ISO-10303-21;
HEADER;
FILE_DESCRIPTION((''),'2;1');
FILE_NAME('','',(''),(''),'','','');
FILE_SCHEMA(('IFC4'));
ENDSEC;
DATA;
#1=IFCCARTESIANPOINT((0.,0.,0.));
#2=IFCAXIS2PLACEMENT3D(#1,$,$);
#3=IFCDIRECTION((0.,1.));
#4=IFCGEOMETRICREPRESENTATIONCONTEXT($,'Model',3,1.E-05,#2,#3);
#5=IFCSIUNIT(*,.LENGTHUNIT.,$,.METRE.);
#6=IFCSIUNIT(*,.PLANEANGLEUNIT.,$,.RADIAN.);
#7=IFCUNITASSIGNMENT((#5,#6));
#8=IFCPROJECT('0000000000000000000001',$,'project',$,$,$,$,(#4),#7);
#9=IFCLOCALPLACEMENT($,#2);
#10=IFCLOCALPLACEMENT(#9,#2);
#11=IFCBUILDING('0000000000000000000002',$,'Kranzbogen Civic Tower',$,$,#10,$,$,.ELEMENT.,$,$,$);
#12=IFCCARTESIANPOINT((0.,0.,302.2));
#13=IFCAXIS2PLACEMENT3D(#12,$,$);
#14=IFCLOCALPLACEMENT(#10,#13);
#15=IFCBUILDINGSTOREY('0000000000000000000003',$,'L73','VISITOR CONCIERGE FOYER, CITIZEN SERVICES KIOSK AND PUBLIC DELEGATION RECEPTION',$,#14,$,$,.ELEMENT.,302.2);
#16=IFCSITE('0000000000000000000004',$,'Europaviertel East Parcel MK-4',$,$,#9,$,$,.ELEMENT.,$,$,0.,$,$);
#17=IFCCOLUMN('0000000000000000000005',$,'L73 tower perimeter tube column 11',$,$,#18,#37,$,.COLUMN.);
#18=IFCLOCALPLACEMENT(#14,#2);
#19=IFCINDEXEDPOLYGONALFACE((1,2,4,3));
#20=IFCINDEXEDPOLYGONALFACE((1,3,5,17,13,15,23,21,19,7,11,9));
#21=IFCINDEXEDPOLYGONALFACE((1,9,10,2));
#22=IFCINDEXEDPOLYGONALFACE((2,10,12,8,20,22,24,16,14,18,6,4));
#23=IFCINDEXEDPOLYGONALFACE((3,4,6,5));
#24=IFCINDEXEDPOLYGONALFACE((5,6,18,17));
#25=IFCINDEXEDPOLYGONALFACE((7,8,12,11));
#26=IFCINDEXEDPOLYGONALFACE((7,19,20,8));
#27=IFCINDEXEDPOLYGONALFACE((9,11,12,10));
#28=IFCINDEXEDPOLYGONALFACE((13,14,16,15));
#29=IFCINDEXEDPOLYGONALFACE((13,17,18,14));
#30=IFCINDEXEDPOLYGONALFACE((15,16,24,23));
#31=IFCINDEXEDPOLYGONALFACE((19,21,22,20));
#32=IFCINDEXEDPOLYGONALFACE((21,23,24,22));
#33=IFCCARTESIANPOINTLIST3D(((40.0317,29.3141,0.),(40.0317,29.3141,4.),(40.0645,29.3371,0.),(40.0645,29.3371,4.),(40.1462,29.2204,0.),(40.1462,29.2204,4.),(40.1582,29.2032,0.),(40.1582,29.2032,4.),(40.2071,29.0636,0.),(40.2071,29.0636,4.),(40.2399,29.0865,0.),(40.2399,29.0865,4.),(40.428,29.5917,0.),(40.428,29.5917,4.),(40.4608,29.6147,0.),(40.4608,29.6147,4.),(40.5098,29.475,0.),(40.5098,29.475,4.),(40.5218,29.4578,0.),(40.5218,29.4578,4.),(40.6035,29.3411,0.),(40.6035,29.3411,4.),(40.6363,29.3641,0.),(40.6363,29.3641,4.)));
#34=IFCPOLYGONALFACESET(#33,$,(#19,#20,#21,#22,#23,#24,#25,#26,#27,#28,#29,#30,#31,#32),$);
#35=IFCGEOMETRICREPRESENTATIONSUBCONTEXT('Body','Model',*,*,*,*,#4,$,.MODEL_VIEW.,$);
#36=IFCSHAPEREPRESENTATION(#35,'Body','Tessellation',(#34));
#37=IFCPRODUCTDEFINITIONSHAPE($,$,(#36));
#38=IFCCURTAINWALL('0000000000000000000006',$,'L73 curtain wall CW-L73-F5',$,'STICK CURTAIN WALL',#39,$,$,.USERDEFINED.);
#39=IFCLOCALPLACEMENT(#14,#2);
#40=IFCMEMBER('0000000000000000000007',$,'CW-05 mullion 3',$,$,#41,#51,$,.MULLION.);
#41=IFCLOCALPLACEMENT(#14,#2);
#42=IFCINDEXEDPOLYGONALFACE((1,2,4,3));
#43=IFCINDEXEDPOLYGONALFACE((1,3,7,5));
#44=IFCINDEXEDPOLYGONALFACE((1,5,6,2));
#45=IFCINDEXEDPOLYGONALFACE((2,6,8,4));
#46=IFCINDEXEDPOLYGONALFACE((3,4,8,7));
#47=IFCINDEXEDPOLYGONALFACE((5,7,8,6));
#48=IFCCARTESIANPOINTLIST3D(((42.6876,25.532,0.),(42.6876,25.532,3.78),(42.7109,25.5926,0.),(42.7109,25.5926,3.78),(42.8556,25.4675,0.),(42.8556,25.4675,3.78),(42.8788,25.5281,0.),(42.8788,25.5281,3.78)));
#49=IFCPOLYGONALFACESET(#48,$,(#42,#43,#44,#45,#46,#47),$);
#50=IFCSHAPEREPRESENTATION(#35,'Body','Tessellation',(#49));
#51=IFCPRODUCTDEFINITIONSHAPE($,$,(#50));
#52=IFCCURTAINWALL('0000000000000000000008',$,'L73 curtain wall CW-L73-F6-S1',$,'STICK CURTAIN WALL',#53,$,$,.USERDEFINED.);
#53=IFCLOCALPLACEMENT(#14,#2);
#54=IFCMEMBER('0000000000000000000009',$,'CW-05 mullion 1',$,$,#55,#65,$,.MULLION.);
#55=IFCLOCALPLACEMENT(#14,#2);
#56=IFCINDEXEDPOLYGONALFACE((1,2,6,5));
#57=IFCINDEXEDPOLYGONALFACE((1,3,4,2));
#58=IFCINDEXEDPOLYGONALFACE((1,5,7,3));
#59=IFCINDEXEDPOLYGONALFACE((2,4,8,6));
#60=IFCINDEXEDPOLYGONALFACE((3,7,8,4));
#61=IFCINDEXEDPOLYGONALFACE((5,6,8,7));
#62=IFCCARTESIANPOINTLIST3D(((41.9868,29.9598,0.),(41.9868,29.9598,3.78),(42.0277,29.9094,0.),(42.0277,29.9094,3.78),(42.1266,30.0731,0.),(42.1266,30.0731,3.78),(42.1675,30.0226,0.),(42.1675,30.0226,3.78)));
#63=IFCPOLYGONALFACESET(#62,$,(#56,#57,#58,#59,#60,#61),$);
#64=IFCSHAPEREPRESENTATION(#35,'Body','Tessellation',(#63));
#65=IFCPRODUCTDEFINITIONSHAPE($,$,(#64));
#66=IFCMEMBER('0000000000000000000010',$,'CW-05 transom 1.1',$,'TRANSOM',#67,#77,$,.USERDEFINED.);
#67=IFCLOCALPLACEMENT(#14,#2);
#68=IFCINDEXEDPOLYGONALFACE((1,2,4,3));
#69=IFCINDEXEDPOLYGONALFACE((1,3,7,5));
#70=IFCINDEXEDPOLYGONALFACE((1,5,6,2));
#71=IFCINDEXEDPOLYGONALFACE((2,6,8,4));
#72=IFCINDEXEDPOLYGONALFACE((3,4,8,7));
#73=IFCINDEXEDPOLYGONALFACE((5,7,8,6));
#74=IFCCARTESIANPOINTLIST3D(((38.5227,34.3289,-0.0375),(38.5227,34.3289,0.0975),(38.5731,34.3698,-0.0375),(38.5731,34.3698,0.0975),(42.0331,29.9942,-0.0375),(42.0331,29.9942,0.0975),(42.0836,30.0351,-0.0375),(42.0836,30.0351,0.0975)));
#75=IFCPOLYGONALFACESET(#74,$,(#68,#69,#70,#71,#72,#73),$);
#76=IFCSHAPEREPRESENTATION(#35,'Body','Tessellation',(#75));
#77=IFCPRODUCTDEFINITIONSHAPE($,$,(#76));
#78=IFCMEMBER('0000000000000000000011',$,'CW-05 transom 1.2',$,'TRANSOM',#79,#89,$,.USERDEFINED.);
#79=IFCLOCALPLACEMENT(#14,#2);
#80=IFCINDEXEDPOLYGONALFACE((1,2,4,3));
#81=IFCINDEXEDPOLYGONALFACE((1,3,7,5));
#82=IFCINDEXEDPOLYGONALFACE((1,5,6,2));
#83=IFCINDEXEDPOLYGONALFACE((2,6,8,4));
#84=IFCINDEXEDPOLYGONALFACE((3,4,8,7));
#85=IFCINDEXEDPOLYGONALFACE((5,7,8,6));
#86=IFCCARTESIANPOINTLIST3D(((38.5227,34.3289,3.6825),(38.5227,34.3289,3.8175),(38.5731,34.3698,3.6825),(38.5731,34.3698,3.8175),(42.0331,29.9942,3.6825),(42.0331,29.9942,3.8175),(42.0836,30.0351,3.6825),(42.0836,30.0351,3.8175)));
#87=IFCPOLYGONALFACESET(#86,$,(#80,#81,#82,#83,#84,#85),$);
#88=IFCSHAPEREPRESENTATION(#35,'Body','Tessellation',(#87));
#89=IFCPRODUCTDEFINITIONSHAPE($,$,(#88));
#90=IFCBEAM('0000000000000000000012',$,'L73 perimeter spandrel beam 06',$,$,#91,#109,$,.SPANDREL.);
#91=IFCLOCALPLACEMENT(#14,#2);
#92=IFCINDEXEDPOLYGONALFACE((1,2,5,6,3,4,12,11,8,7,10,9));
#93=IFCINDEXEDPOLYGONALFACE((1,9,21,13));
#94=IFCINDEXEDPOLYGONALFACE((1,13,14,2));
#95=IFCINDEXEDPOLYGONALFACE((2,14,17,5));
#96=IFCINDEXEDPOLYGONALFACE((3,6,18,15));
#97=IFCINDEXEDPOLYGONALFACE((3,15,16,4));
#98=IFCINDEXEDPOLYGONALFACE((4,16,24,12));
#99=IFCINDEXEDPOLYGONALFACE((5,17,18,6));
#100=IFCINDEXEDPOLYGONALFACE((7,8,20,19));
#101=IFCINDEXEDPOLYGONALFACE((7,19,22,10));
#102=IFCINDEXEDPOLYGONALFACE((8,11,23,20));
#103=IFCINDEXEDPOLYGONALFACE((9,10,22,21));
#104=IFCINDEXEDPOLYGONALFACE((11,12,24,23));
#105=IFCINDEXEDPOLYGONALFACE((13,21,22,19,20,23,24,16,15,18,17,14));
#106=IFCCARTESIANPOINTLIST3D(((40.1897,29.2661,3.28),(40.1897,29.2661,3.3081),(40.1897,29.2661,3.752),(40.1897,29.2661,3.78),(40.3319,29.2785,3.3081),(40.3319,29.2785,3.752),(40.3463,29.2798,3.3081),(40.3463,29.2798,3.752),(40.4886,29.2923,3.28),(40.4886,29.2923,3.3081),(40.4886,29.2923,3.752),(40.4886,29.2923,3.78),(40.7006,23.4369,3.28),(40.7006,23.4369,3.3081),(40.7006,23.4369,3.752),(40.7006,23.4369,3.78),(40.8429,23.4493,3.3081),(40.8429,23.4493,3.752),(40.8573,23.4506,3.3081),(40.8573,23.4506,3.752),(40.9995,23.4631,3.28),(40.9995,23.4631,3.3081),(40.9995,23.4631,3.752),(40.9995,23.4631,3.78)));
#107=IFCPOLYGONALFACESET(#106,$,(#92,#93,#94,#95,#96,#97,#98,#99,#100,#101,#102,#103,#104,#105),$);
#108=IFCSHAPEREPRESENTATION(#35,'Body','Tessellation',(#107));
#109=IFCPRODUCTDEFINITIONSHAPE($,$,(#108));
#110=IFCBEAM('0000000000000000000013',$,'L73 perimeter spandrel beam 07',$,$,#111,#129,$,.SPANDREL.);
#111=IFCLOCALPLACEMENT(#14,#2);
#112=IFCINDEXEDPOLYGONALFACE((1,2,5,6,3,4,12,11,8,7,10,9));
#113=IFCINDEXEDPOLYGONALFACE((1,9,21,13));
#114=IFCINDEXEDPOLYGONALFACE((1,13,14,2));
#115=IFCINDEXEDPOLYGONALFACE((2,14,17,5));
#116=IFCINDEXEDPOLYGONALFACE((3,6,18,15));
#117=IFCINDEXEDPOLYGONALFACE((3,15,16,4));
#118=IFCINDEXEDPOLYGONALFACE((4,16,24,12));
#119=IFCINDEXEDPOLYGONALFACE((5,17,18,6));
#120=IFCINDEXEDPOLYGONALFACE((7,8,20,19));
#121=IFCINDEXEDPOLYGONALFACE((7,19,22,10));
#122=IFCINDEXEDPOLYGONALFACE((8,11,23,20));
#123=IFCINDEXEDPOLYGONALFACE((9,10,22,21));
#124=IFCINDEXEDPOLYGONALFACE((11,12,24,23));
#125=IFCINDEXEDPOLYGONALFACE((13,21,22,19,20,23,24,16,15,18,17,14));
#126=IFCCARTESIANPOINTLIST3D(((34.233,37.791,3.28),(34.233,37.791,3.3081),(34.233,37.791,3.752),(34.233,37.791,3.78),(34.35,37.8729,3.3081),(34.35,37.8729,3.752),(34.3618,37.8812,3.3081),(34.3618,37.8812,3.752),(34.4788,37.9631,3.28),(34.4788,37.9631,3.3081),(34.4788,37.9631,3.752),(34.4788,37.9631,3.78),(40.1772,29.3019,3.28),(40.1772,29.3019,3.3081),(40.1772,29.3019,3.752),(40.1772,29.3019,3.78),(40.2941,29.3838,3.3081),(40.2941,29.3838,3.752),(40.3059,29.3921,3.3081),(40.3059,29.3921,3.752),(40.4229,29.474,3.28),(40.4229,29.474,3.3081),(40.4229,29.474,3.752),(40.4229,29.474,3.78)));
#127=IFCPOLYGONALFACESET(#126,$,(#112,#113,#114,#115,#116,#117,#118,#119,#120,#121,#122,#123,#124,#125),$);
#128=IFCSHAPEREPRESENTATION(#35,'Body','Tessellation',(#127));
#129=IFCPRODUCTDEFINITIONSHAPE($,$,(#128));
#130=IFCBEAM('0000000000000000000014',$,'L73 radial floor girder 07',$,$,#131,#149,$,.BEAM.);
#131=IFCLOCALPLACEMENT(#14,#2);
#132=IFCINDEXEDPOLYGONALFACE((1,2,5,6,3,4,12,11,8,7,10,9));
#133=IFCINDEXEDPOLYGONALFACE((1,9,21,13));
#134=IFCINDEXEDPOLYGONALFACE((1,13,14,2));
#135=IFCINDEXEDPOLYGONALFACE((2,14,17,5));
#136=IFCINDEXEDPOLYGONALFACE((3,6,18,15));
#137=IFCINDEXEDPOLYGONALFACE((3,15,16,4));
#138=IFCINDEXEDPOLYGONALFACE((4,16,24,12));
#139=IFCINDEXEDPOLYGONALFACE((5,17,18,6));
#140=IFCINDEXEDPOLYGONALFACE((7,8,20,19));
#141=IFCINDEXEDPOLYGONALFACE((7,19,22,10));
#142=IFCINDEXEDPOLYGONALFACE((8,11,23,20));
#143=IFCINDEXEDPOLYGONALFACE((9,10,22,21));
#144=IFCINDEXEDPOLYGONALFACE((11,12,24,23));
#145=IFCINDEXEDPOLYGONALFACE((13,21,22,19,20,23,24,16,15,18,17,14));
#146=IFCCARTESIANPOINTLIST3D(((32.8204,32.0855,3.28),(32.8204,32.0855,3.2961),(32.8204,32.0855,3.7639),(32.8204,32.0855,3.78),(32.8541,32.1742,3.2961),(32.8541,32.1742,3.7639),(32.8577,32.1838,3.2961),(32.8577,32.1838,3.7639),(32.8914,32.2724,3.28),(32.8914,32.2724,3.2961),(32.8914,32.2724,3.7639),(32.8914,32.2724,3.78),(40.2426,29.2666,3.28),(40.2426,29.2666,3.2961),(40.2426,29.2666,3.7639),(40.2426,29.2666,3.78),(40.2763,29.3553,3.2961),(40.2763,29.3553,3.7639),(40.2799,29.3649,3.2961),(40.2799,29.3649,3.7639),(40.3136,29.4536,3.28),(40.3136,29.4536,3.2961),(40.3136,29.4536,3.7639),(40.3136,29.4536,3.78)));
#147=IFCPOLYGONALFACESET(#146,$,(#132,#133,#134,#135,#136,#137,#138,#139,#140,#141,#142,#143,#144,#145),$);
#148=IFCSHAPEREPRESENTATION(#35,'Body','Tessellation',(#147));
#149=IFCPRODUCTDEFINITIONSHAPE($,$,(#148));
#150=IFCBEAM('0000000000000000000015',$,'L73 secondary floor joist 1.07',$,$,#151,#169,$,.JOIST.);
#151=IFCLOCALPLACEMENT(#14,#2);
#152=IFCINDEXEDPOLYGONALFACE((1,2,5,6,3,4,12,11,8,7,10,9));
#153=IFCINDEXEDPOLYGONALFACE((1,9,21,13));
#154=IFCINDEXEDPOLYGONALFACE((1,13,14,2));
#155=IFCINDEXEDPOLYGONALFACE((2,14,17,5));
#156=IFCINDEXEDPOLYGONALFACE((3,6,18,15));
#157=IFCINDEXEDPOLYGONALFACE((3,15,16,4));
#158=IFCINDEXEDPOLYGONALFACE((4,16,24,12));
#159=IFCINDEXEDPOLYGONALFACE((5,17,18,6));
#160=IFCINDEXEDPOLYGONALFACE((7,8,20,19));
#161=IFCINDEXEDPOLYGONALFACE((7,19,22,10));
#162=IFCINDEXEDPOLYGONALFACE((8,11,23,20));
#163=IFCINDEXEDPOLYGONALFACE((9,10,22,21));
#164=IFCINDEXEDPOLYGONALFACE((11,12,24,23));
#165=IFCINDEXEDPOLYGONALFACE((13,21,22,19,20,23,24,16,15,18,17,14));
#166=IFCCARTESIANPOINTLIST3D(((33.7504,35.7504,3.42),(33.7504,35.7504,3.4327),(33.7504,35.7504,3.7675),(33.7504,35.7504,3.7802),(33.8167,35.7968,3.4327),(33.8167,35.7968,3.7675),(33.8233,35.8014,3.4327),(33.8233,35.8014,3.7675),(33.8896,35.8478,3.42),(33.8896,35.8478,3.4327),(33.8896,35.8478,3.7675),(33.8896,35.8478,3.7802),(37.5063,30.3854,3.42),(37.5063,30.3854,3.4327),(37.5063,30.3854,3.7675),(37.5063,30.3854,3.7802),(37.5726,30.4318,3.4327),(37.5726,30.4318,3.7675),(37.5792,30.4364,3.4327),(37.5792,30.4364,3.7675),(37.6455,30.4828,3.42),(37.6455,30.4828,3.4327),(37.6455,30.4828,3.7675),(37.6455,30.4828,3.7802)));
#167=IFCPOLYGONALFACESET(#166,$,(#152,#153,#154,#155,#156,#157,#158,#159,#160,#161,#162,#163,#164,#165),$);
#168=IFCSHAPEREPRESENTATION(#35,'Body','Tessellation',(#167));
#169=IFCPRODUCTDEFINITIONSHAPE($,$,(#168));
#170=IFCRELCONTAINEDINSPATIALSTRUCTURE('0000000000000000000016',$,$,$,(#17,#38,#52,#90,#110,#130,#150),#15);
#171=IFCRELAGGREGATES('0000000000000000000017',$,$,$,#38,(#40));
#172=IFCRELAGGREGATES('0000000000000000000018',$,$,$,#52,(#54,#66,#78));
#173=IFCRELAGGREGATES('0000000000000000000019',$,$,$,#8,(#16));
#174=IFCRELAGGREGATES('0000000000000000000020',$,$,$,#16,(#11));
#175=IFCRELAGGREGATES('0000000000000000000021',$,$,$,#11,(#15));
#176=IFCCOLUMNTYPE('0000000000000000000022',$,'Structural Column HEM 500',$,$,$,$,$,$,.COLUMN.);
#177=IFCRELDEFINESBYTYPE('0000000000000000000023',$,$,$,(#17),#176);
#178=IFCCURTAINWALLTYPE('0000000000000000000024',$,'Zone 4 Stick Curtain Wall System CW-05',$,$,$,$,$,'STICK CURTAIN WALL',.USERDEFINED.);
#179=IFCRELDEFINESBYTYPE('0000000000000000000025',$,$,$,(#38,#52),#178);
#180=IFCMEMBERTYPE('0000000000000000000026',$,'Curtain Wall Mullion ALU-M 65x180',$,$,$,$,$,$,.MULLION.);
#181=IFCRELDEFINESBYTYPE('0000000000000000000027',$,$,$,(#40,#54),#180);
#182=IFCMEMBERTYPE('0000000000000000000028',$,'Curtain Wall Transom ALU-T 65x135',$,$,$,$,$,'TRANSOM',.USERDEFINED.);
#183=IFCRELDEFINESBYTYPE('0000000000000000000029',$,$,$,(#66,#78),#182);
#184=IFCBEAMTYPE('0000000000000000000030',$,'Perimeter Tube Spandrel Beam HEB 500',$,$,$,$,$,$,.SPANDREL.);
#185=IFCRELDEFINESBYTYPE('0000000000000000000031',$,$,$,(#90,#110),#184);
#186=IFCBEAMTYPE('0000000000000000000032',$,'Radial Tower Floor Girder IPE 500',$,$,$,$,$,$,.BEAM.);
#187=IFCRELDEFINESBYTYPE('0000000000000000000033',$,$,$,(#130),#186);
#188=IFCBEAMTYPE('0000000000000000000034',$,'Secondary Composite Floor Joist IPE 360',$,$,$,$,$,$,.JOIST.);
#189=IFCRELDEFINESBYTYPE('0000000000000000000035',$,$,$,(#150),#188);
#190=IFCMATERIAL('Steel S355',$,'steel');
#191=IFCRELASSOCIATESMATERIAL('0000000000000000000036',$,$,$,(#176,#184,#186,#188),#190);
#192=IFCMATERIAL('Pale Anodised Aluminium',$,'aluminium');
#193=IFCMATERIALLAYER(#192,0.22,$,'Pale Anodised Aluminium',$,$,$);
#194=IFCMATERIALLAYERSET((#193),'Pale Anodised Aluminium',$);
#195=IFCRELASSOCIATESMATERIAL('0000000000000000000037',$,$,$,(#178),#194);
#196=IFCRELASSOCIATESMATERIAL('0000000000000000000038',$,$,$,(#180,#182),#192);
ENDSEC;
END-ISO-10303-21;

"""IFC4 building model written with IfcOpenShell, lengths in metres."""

from ifc_helpers import new_model, si_unit, direction, frame, origin, origin_2d, place, context, subcontext, project, spatial, rectangle, i_section, extrude, material, layer, layer_set, material_profile, profile_set, type_object, element, aggregate, save


model = new_model("IFC4")

# Units and contexts
model_context = context("Model", 3, precision=1e-05, world=origin(), true_north=direction((0.0, 1.0)))
body_context = subcontext(model_context, "Body", "Model", "MODEL_VIEW")
ifc_project = project(units=[si_unit("LENGTHUNIT", "METRE"), si_unit("PLANEANGLEUNIT", "RADIAN")], contexts=[model_context])

# Site, building, storey
site_placement = place(None, origin())
site = spatial("IfcSite", under=ifc_project, at=site_placement, Name="Europaviertel East Parcel MK-4", CompositionType="ELEMENT", RefElevation=0.0)
building_placement = place(site_placement, origin())
building = spatial("IfcBuilding", under=site, at=building_placement, Name="Kranzbogen Civic Tower", CompositionType="ELEMENT")
storey_placement = place(building_placement, frame((0.0, 0.0, 302.2)))
storey = spatial("IfcBuildingStorey", under=building, at=storey_placement, Name="L73", Description="VISITOR CONCIERGE FOYER, CITIZEN SERVICES KIOSK AND PUBLIC DELEGATION RECEPTION", CompositionType="ELEMENT", Elevation=302.2)

# Column
ifc_material_1 = material(Name="Steel S355", Category="steel")
ifc_material_profile_1 = material_profile(ifc_material_1, i_section(OverallWidth=0.3059, OverallDepth=0.5239, WebThickness=0.021, FlangeThickness=0.04, at=origin_2d()), Name="HEM 500")
ifc_profile_set_1 = profile_set([ifc_material_profile_1], Name="Steel S355")
column_type = type_object("IfcColumnType", Name="Structural Column HEM 500", PredefinedType="COLUMN", material=ifc_profile_set_1)
column_placement = place(storey_placement, frame((40.334, 29.3391, 0.0), z_axis=(0.0, 0.0, 1.0), x_axis=(-0.573576, 0.819152, 0.0)))
element("IfcColumn", 1, at=column_placement, inside=storey, type_object=column_type, Name="L73 tower perimeter tube column 11", PredefinedType="COLUMN", context=body_context, shape_type="SweptSolid", body=[
    extrude(i_section(OverallWidth=0.3059, OverallDepth=0.5239, WebThickness=0.021, FlangeThickness=0.04, at=origin_2d()), origin(), (0.0, 0.0, 1.0), 4.0),
])

# Curtain wall, member
ifc_material_2 = material(Name="Pale Anodised Aluminium", Category="aluminium")
ifc_layer_1 = layer(ifc_material_2, 0.22, Name="Pale Anodised Aluminium")
ifc_layer_set_1 = layer_set([ifc_layer_1], Name="Pale Anodised Aluminium")
curtain_wall_type = type_object("IfcCurtainWallType", Name="Zone 4 Stick Curtain Wall System CW-05", ElementType="STICK CURTAIN WALL", PredefinedType="USERDEFINED", material=ifc_layer_set_1)
curtain_wall_1_placement = place(storey_placement, origin())
curtain_wall_1 = element("IfcCurtainWall", 2, at=curtain_wall_1_placement, inside=storey, type_object=curtain_wall_type, Name="L73 curtain wall CW-L73-F5", ObjectType="STICK CURTAIN WALL", PredefinedType="USERDEFINED")
ifc_material_profile_2 = material_profile(ifc_material_2, rectangle(XDim=0.0649, YDim=0.1799, at=origin_2d()), Name="ALU-M 65x180")
ifc_profile_set_2 = profile_set([ifc_material_profile_2], Name="Pale Anodised Aluminium")
member_type_1 = type_object("IfcMemberType", Name="Curtain Wall Mullion ALU-M 65x180", PredefinedType="MULLION", material=ifc_profile_set_2)
member_1_placement = place(storey_placement, frame((42.7832, 25.53, 0.0), z_axis=(0.0, 0.0, 1.0), x_axis=(0.358382, 0.933575, 0.0)))
member_1 = element("IfcMember", 3, at=member_1_placement, type_object=member_type_1, Name="CW-05 mullion 3", PredefinedType="MULLION", context=body_context, shape_type="SweptSolid", body=[
    extrude(rectangle(XDim=0.0649, YDim=0.1799, at=origin_2d()), origin(), (0.0, 0.0, 1.0), 3.78),
])
aggregate(curtain_wall_1, [member_1])

# Curtain wall, members
curtain_wall_2_placement = place(storey_placement, origin())
curtain_wall_2 = element("IfcCurtainWall", 4, at=curtain_wall_2_placement, inside=storey, type_object=curtain_wall_type, Name="L73 curtain wall CW-L73-F6-S1", ObjectType="STICK CURTAIN WALL", PredefinedType="USERDEFINED")
member_2_placement = place(storey_placement, frame((42.0771, 29.9912, 0.0), z_axis=(0.0, 0.0, 1.0), x_axis=(-0.62935, 0.777122, 0.0)))
member_2 = element("IfcMember", 5, at=member_2_placement, type_object=member_type_1, Name="CW-05 mullion 1", PredefinedType="MULLION", context=body_context, shape_type="SweptSolid", body=[
    extrude(rectangle(XDim=0.0649, YDim=0.1799, at=origin_2d()), origin(), (0.0, 0.0, 1.0), 3.78),
])
ifc_material_profile_3 = material_profile(ifc_material_2, rectangle(XDim=0.0649, YDim=0.135, at=origin_2d()), Name="ALU-T 65x135")
ifc_profile_set_3 = profile_set([ifc_material_profile_3], Name="Pale Anodised Aluminium")
member_type_2 = type_object("IfcMemberType", Name="Curtain Wall Transom ALU-T 65x135", ElementType="TRANSOM", PredefinedType="USERDEFINED", material=ifc_profile_set_3)
member_3_placement = place(storey_placement, frame((42.0583, 30.0146, 0.03), z_axis=(-0.629354, 0.777118, 0.0), x_axis=(-0.777118, -0.629354, 0.0)))
member_3 = element("IfcMember", 6, at=member_3_placement, type_object=member_type_2, Name="CW-05 transom 1.1", ObjectType="TRANSOM", PredefinedType="USERDEFINED", context=body_context, shape_type="SweptSolid", body=[
    extrude(rectangle(XDim=0.0649, YDim=0.135, at=origin_2d()), origin(), (0.0, 0.0, 1.0), 5.5779),
])
member_4_placement = place(storey_placement, frame((42.0583, 30.0146, 3.75), z_axis=(-0.629354, 0.777118, 0.0), x_axis=(-0.777118, -0.629354, 0.0)))
member_4 = element("IfcMember", 7, at=member_4_placement, type_object=member_type_2, Name="CW-05 transom 1.2", ObjectType="TRANSOM", PredefinedType="USERDEFINED", context=body_context, shape_type="SweptSolid", body=[
    extrude(rectangle(XDim=0.0649, YDim=0.135, at=origin_2d()), origin(), (0.0, 0.0, 1.0), 5.5779),
])

# Beams
ifc_material_profile_4 = material_profile(ifc_material_1, i_section(OverallWidth=0.3, OverallDepth=0.5, WebThickness=0.0144, FlangeThickness=0.0281, at=origin_2d()), Name="HEB 500")
ifc_profile_set_4 = profile_set([ifc_material_profile_4], Name="Steel S355")
beam_type_1 = type_object("IfcBeamType", Name="Perimeter Tube Spandrel Beam HEB 500", PredefinedType="SPANDREL", material=ifc_profile_set_4)
beam_1_placement = place(storey_placement, frame((40.8501, 23.45, 3.53), z_axis=(-0.087326, 0.99618, 0.0), x_axis=(-0.99618, -0.087326, 0.0)))
element("IfcBeam", 8, at=beam_1_placement, inside=storey, type_object=beam_type_1, Name="L73 perimeter spandrel beam 06", PredefinedType="SPANDREL", context=body_context, shape_type="SweptSolid", body=[
    extrude(i_section(OverallWidth=0.3, OverallDepth=0.5, WebThickness=0.0144, FlangeThickness=0.0281, at=origin_2d()), origin(), (0.0, 0.0, 1.0), 5.8516),
])
beam_2_placement = place(storey_placement, frame((40.3, 29.3879, 3.53), z_axis=(-0.573578, 0.819151, 0.0), x_axis=(-0.819151, -0.573578, 0.0)))
element("IfcBeam", 9, at=beam_2_placement, inside=storey, type_object=beam_type_1, Name="L73 perimeter spandrel beam 07", PredefinedType="SPANDREL", context=body_context, shape_type="SweptSolid", body=[
    extrude(i_section(OverallWidth=0.3, OverallDepth=0.5, WebThickness=0.0144, FlangeThickness=0.0281, at=origin_2d()), origin(), (0.0, 0.0, 1.0), 10.3633),
])
ifc_material_profile_5 = material_profile(ifc_material_1, i_section(OverallWidth=0.2, OverallDepth=0.5, WebThickness=0.0103, FlangeThickness=0.0161, at=origin_2d()), Name="IPE 500")
ifc_profile_set_5 = profile_set([ifc_material_profile_5], Name="Steel S355")
beam_type_2 = type_object("IfcBeamType", Name="Radial Tower Floor Girder IPE 500", PredefinedType="BEAM", material=ifc_profile_set_5)
beam_3_placement = place(storey_placement, frame((40.2781, 29.3601, 3.53), z_axis=(-0.934849, 0.355046, 0.0), x_axis=(-0.355046, -0.934849, 0.0)))
element("IfcBeam", 10, at=beam_3_placement, inside=storey, type_object=beam_type_2, Name="L73 radial floor girder 07", PredefinedType="BEAM", context=body_context, shape_type="SweptSolid", body=[
    extrude(i_section(OverallWidth=0.2, OverallDepth=0.5, WebThickness=0.0103, FlangeThickness=0.0161, at=origin_2d()), origin(), (0.0, 0.0, 1.0), 7.9395),
])
ifc_material_profile_6 = material_profile(ifc_material_1, i_section(OverallWidth=0.1699, OverallDepth=0.3601, WebThickness=0.0081, FlangeThickness=0.0127, at=origin_2d()), Name="IPE 360")
ifc_profile_set_6 = profile_set([ifc_material_profile_6], Name="Steel S355")
beam_type_3 = type_object("IfcBeamType", Name="Secondary Composite Floor Joist IPE 360", PredefinedType="JOIST", material=ifc_profile_set_6)
beam_4_placement = place(storey_placement, frame((37.5759, 30.4341, 3.6001), z_axis=(-0.5735, 0.819206, 0.0), x_axis=(-0.819206, -0.5735, 0.0)))
element("IfcBeam", 11, at=beam_4_placement, inside=storey, type_object=beam_type_3, Name="L73 secondary floor joist 1.07", PredefinedType="JOIST", context=body_context, shape_type="SweptSolid", body=[
    extrude(i_section(OverallWidth=0.1699, OverallDepth=0.3601, WebThickness=0.0081, FlangeThickness=0.0127, at=origin_2d()), origin(), (0.0, 0.0, 1.0), 6.5491),
])

aggregate(curtain_wall_2, [member_2, member_3, member_4])

save(model, "model.ifc")
